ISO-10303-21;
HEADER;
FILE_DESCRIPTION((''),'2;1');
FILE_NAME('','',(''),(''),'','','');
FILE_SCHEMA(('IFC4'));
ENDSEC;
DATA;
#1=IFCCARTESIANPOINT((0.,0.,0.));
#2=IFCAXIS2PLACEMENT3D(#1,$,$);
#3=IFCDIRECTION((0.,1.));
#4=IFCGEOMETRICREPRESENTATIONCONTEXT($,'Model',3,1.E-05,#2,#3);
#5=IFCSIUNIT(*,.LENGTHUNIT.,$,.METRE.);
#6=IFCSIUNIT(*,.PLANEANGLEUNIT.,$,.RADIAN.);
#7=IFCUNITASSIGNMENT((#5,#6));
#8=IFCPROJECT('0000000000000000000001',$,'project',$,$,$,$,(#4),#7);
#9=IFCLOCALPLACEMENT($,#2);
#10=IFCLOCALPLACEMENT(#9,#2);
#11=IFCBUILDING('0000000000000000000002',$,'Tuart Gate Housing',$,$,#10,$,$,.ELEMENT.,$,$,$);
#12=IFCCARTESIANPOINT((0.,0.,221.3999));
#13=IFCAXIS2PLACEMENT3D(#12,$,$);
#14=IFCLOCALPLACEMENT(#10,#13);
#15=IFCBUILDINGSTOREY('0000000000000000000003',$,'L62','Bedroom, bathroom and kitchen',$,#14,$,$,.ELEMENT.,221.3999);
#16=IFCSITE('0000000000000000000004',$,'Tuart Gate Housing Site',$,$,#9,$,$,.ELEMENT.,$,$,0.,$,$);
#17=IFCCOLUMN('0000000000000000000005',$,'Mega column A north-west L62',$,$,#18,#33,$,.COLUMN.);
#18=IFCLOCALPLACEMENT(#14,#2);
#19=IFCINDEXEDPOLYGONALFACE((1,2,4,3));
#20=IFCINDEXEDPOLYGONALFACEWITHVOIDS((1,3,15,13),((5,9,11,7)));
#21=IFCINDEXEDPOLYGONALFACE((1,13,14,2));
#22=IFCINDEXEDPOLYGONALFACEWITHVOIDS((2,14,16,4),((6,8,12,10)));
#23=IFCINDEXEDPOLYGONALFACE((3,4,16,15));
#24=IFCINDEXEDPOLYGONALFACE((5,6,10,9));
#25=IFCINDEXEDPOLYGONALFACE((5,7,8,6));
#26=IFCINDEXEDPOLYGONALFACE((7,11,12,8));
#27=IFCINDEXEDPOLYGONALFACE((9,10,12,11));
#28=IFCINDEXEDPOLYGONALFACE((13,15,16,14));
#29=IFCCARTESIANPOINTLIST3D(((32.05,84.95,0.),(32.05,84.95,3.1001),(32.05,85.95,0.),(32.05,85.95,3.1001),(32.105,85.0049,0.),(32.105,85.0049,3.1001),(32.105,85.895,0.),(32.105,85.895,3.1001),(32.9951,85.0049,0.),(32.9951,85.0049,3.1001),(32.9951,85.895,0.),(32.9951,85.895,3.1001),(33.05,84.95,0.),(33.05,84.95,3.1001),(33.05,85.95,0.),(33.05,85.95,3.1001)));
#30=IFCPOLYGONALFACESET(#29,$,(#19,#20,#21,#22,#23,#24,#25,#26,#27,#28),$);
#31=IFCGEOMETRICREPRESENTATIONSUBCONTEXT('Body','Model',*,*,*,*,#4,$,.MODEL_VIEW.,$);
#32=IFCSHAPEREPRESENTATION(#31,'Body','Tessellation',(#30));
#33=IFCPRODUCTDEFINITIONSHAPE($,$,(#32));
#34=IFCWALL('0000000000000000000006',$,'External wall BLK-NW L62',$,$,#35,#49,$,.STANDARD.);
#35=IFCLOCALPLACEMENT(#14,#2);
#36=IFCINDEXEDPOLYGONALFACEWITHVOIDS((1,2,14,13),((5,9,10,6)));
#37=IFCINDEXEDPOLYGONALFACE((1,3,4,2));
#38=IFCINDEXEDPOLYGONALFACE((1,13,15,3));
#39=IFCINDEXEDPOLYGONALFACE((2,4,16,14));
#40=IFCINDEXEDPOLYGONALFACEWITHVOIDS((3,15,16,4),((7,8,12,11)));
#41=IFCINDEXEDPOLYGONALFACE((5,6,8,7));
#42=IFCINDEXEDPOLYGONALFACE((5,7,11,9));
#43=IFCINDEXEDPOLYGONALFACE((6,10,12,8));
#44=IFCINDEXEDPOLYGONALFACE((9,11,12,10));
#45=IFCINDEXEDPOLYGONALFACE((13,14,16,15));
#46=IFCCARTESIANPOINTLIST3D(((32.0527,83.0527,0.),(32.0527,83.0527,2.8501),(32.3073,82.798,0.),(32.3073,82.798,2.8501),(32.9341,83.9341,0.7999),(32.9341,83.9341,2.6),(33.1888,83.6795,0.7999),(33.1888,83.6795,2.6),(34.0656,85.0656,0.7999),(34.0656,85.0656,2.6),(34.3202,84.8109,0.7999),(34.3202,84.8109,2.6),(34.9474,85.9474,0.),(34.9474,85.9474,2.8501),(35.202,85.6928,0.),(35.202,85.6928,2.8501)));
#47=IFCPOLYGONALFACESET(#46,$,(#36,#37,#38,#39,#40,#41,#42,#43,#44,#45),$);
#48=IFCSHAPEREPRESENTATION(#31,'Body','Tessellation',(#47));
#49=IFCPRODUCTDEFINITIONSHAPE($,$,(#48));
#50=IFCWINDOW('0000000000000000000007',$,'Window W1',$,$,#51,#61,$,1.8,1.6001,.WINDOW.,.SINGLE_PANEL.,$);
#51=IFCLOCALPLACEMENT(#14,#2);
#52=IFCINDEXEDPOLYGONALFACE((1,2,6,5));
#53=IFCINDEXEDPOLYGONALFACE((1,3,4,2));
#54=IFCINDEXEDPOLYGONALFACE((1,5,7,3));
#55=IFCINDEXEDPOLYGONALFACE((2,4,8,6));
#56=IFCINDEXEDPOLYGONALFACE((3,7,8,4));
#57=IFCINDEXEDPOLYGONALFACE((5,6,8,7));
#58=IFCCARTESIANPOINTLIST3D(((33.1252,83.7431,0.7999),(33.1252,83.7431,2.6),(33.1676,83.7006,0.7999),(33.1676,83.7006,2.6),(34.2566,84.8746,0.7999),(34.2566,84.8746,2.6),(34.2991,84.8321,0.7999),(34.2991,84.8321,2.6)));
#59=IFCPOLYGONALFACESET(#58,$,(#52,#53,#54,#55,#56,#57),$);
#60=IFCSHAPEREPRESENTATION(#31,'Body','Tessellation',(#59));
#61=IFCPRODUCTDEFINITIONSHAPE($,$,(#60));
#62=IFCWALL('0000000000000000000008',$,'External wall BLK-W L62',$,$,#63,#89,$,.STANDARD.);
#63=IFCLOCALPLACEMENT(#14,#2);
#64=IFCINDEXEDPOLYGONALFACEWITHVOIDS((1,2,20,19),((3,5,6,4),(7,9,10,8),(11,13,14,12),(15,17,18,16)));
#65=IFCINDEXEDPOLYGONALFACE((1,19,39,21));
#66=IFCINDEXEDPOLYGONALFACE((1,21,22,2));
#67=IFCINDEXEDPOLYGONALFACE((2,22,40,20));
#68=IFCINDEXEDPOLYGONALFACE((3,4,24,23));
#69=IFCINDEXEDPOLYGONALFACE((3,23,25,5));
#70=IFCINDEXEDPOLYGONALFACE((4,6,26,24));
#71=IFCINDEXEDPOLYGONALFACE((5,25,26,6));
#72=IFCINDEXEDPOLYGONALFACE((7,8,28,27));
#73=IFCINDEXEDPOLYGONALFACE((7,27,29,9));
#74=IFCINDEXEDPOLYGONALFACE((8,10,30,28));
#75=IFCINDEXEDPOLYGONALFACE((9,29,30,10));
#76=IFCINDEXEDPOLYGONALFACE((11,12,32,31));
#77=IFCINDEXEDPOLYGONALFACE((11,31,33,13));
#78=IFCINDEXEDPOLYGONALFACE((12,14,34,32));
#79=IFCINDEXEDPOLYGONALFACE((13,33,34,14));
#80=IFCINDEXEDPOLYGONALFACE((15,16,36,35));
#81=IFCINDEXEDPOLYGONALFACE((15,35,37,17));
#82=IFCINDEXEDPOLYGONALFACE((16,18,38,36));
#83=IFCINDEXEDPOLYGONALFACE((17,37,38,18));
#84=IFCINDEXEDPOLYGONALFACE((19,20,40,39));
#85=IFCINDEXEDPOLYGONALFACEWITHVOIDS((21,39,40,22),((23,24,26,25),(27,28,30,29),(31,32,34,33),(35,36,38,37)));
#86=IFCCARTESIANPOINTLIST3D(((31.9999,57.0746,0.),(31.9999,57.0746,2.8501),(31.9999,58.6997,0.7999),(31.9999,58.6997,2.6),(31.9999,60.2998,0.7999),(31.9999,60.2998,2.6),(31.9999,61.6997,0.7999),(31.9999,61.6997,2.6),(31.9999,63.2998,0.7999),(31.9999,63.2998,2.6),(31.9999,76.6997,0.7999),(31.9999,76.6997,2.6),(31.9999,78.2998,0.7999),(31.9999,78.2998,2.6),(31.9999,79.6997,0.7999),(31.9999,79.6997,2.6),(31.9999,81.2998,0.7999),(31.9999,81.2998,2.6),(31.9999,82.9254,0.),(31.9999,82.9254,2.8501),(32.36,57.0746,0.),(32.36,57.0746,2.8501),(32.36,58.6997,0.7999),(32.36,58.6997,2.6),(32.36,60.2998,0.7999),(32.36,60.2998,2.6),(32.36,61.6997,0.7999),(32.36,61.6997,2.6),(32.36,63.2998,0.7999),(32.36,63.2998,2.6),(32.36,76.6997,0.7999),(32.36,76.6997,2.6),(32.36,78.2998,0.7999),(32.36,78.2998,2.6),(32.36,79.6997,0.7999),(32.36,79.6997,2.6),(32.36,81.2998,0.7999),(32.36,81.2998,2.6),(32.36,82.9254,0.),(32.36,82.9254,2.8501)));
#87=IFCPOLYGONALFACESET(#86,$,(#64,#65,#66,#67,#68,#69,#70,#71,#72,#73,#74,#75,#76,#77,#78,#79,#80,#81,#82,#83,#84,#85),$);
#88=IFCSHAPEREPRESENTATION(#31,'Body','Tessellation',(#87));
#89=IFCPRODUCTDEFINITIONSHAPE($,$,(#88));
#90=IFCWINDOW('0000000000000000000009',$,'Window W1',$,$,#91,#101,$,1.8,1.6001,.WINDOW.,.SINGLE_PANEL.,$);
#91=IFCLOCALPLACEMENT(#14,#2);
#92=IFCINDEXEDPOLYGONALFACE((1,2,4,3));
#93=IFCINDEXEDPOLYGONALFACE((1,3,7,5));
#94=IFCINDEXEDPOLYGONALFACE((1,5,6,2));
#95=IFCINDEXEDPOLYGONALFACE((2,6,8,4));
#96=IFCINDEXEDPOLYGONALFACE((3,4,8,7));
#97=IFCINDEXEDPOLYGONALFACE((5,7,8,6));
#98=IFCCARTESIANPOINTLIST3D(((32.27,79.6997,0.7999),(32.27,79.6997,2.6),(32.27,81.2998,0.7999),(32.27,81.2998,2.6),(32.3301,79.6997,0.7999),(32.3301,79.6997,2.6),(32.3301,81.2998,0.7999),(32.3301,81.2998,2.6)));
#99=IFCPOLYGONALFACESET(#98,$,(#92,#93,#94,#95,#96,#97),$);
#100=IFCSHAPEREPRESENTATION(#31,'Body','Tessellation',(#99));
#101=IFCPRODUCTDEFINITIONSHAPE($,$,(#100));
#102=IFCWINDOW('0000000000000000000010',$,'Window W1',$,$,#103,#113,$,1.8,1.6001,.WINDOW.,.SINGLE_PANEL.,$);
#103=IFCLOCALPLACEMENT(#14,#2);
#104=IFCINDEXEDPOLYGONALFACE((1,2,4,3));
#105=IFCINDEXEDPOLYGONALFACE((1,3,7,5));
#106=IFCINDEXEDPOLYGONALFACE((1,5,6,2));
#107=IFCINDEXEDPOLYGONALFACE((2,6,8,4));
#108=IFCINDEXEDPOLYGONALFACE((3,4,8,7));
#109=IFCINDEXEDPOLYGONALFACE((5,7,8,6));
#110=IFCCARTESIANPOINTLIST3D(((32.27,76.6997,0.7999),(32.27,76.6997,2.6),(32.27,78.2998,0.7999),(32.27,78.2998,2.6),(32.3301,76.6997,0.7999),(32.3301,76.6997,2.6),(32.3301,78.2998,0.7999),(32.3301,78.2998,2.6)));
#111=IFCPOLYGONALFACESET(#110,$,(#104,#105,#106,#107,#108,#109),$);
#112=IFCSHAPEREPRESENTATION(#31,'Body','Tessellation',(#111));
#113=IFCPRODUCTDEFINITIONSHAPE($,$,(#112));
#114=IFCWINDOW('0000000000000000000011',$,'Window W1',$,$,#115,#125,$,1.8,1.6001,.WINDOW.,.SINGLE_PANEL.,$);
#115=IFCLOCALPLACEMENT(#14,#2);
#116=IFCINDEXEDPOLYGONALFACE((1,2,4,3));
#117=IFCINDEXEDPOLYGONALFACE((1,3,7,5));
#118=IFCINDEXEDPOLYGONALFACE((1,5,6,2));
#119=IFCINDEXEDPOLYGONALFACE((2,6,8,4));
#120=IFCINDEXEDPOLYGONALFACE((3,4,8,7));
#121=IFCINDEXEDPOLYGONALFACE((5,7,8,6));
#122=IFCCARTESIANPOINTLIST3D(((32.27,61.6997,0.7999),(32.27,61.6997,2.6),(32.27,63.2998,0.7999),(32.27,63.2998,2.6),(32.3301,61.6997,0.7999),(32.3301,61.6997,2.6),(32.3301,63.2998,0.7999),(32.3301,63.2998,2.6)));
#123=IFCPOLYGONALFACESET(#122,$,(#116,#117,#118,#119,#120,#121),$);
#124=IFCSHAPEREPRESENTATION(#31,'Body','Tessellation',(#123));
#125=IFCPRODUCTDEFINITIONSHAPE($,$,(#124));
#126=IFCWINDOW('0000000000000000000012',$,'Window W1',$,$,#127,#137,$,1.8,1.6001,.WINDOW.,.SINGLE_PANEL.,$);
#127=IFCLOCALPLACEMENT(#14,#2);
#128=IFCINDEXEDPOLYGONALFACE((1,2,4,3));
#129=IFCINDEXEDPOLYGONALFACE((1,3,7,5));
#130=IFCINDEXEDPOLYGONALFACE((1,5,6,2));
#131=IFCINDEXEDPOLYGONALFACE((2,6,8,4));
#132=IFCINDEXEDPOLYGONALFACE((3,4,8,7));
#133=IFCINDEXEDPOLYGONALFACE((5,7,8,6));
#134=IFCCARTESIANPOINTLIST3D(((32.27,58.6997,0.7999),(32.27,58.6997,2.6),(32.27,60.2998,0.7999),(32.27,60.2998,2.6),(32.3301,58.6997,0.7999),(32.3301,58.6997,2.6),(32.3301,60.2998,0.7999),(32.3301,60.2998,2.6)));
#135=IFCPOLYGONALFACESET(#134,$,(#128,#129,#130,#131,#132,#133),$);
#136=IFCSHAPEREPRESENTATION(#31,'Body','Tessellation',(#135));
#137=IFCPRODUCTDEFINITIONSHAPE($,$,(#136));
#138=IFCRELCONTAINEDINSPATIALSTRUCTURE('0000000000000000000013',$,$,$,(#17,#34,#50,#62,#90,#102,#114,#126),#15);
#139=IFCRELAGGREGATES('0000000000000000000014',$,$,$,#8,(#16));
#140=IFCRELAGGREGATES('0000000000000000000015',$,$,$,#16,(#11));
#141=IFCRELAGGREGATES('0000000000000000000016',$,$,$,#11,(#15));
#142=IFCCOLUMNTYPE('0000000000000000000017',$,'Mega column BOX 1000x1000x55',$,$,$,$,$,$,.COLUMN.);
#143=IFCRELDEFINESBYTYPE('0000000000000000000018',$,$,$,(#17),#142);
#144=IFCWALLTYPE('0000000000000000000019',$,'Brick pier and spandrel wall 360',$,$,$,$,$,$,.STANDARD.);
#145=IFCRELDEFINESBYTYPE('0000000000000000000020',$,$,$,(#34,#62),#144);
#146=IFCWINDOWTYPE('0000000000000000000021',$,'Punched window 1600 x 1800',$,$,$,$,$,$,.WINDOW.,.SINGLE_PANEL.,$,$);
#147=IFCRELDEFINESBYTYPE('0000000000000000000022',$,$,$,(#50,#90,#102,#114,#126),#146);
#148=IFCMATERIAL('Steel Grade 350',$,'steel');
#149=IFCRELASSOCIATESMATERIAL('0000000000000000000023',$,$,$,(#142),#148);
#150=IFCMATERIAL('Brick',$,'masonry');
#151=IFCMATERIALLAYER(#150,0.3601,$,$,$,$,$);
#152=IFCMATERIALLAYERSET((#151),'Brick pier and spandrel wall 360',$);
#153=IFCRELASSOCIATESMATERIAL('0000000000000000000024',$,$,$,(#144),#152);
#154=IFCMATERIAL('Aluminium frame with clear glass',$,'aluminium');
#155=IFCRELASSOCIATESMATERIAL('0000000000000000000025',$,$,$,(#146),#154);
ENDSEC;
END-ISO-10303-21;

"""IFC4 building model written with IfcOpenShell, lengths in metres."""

from ifc_helpers import new_model, si_unit, direction, frame, frame_2d, origin, origin_2d, place, context, subcontext, project, spatial, rectangle, hollow_rectangle, extrude, material, layer, layer_set, material_profile, profile_set, type_object, element, fill, save


model = new_model("IFC4")

# Units and contexts
model_context = context("Model", 3, precision=1e-05, world=origin(), true_north=direction((0.0, 1.0)))
body_context = subcontext(model_context, "Body", "Model", "MODEL_VIEW")
ifc_project = project(units=[si_unit("LENGTHUNIT", "METRE"), si_unit("PLANEANGLEUNIT", "RADIAN")], contexts=[model_context])

# Site, building, storey
site_placement = place(None, origin())
site = spatial("IfcSite", under=ifc_project, at=site_placement, Name="Tuart Gate Housing Site", CompositionType="ELEMENT", RefElevation=0.0)
building_placement = place(site_placement, origin())
building = spatial("IfcBuilding", under=site, at=building_placement, Name="Tuart Gate Housing", CompositionType="ELEMENT")
storey_placement = place(building_placement, frame((0.0, 0.0, 221.3999)))
storey = spatial("IfcBuildingStorey", under=building, at=storey_placement, Name="L62", Description="Bedroom, bathroom and kitchen", CompositionType="ELEMENT", Elevation=221.3999)

# Column
ifc_material_1 = material(Name="Steel Grade 350", Category="steel")
ifc_material_profile = material_profile(ifc_material_1, hollow_rectangle(XDim=1.0, YDim=1.0, WallThickness=0.0549, at=origin_2d()), Name="BOX 1000x1000x55")
ifc_profile_set = profile_set([ifc_material_profile], Name="Steel Grade 350")
column_type = type_object("IfcColumnType", Name="Mega column BOX 1000x1000x55", PredefinedType="COLUMN", material=ifc_profile_set)
column_placement = place(storey_placement, frame((32.55, 85.45, 0.0), z_axis=(0.0, 0.0, 1.0), x_axis=(1.0, 0.0, 0.0)))
element("IfcColumn", 1, at=column_placement, inside=storey, type_object=column_type, Name="Mega column A north-west L62", PredefinedType="COLUMN", context=body_context, shape_type="SweptSolid", body=[
    extrude(hollow_rectangle(XDim=1.0, YDim=1.0, WallThickness=0.0549, at=origin_2d()), origin(), (0.0, 0.0, 1.0), 3.1001),
])

# Wall, opening, window
ifc_material_2 = material(Name="Brick", Category="masonry")
ifc_layer_1 = layer(ifc_material_2, 0.3601)
ifc_layer_set_1 = layer_set([ifc_layer_1], Name="Brick pier and spandrel wall 360")
wall_type_1 = type_object("IfcWallType", Name="Brick pier and spandrel wall 360", PredefinedType="STANDARD", material=ifc_layer_set_1)
wall_1_placement = place(storey_placement, frame((35.0747, 85.8201, 0.0), z_axis=(0.0, 0.0, 1.0), x_axis=(-0.707107, -0.707107, 0.0)))
wall_1 = element("IfcWall", 2, at=wall_1_placement, inside=storey, type_object=wall_type_1, Name="External wall BLK-NW L62", PredefinedType="STANDARD", context=body_context, shape_type="SweptSolid", body=[
    extrude(rectangle(XDim=4.0938, YDim=0.3601, at=frame_2d((2.0469, 0.0))), origin(), (0.0, 0.0, 1.0), 2.8501),
])
opening_1_placement = place(wall_1_placement, frame((1.2471, 0.0, 0.8)))
opening_1 = element("IfcOpeningElement", 3, at=opening_1_placement, cuts=wall_1, PredefinedType="OPENING", context=body_context, shape_type="SweptSolid", body=[
    extrude(rectangle(XDim=1.6001, YDim=1.8, at=frame_2d((0.8, 0.8999))), frame((0.0, 0.1899, 0.0), z_axis=(0.0, -1.0, 0.0), x_axis=(1.0, 0.0, 0.0)), (0.0, 0.0, 1.0), 0.3801),
])
ifc_material_3 = material(Name="Aluminium frame with clear glass", Category="aluminium")
window_type = type_object("IfcWindowType", Name="Punched window 1600 x 1800", PartitioningType="SINGLE_PANEL", PredefinedType="WINDOW", material=ifc_material_3)
window_1_placement = place(opening_1_placement, origin())
window_1 = element("IfcWindow", 4, at=window_1_placement, inside=storey, type_object=window_type, Name="Window W1", OverallHeight=1.8, OverallWidth=1.6001, PartitioningType="SINGLE_PANEL", PredefinedType="WINDOW", context=body_context, shape_type="SweptSolid", body=[
    extrude(rectangle(XDim=1.6001, YDim=1.8, at=frame_2d((0.8, 0.8999))), frame((0.0, 0.1501, 0.0), z_axis=(0.0, -1.0, 0.0), x_axis=(1.0, 0.0, 0.0)), (0.0, 0.0, 1.0), 0.0601),
])
fill(opening_1, window_1)

# Wall, openings, windows
wall_2_placement = place(storey_placement, frame((32.1799, 82.9253, 0.0), z_axis=(0.0, 0.0, 1.0), x_axis=(0.0, -1.0, 0.0)))
wall_2 = element("IfcWall", 5, at=wall_2_placement, inside=storey, type_object=wall_type_1, Name="External wall BLK-W L62", PredefinedType="STANDARD", context=body_context, shape_type="SweptSolid", body=[
    extrude(rectangle(XDim=25.8508, YDim=0.3601, at=frame_2d((12.9253, 0.0))), origin(), (0.0, 0.0, 1.0), 2.8501),
])
opening_2_placement = place(wall_2_placement, frame((1.6255, 0.0, 0.8)))
opening_2 = element("IfcOpeningElement", 6, at=opening_2_placement, cuts=wall_2, PredefinedType="OPENING", context=body_context, shape_type="SweptSolid", body=[
    extrude(rectangle(XDim=1.6001, YDim=1.8, at=frame_2d((0.8, 0.8999))), frame((0.0, 0.1899, 0.0), z_axis=(0.0, -1.0, 0.0), x_axis=(1.0, 0.0, 0.0)), (0.0, 0.0, 1.0), 0.3801),
])
opening_3_placement = place(wall_2_placement, frame((4.6255, 0.0, 0.8)))
opening_3 = element("IfcOpeningElement", 7, at=opening_3_placement, cuts=wall_2, PredefinedType="OPENING", context=body_context, shape_type="SweptSolid", body=[
    extrude(rectangle(XDim=1.6001, YDim=1.8, at=frame_2d((0.8, 0.8999))), frame((0.0, 0.1899, 0.0), z_axis=(0.0, -1.0, 0.0), x_axis=(1.0, 0.0, 0.0)), (0.0, 0.0, 1.0), 0.3801),
])
opening_4_placement = place(wall_2_placement, frame((19.6255, 0.0, 0.8)))
opening_4 = element("IfcOpeningElement", 8, at=opening_4_placement, cuts=wall_2, PredefinedType="OPENING", context=body_context, shape_type="SweptSolid", body=[
    extrude(rectangle(XDim=1.6001, YDim=1.8, at=frame_2d((0.8, 0.8999))), frame((0.0, 0.1899, 0.0), z_axis=(0.0, -1.0, 0.0), x_axis=(1.0, 0.0, 0.0)), (0.0, 0.0, 1.0), 0.3801),
])
opening_5_placement = place(wall_2_placement, frame((22.6255, 0.0, 0.8)))
opening_5 = element("IfcOpeningElement", 9, at=opening_5_placement, cuts=wall_2, PredefinedType="OPENING", context=body_context, shape_type="SweptSolid", body=[
    extrude(rectangle(XDim=1.6001, YDim=1.8, at=frame_2d((0.8, 0.8999))), frame((0.0, 0.1899, 0.0), z_axis=(0.0, -1.0, 0.0), x_axis=(1.0, 0.0, 0.0)), (0.0, 0.0, 1.0), 0.3801),
])
window_2_placement = place(opening_2_placement, origin())
window_2 = element("IfcWindow", 10, at=window_2_placement, inside=storey, type_object=window_type, Name="Window W1", OverallHeight=1.8, OverallWidth=1.6001, PartitioningType="SINGLE_PANEL", PredefinedType="WINDOW", context=body_context, shape_type="SweptSolid", body=[
    extrude(rectangle(XDim=1.6001, YDim=1.8, at=frame_2d((0.8, 0.8999))), frame((0.0, 0.1501, 0.0), z_axis=(0.0, -1.0, 0.0), x_axis=(1.0, 0.0, 0.0)), (0.0, 0.0, 1.0), 0.0601),
])
fill(opening_2, window_2)
window_3_placement = place(opening_3_placement, origin())
window_3 = element("IfcWindow", 11, at=window_3_placement, inside=storey, type_object=window_type, Name="Window W1", OverallHeight=1.8, OverallWidth=1.6001, PartitioningType="SINGLE_PANEL", PredefinedType="WINDOW", context=body_context, shape_type="SweptSolid", body=[
    extrude(rectangle(XDim=1.6001, YDim=1.8, at=frame_2d((0.8, 0.8999))), frame((0.0, 0.1501, 0.0), z_axis=(0.0, -1.0, 0.0), x_axis=(1.0, 0.0, 0.0)), (0.0, 0.0, 1.0), 0.0601),
])
fill(opening_3, window_3)
window_4_placement = place(opening_4_placement, origin())
window_4 = element("IfcWindow", 12, at=window_4_placement, inside=storey, type_object=window_type, Name="Window W1", OverallHeight=1.8, OverallWidth=1.6001, PartitioningType="SINGLE_PANEL", PredefinedType="WINDOW", context=body_context, shape_type="SweptSolid", body=[
    extrude(rectangle(XDim=1.6001, YDim=1.8, at=frame_2d((0.8, 0.8999))), frame((0.0, 0.1501, 0.0), z_axis=(0.0, -1.0, 0.0), x_axis=(1.0, 0.0, 0.0)), (0.0, 0.0, 1.0), 0.0601),
])
fill(opening_4, window_4)
window_5_placement = place(opening_5_placement, origin())
window_5 = element("IfcWindow", 13, at=window_5_placement, inside=storey, type_object=window_type, Name="Window W1", OverallHeight=1.8, OverallWidth=1.6001, PartitioningType="SINGLE_PANEL", PredefinedType="WINDOW", context=body_context, shape_type="SweptSolid", body=[
    extrude(rectangle(XDim=1.6001, YDim=1.8, at=frame_2d((0.8, 0.8999))), frame((0.0, 0.1501, 0.0), z_axis=(0.0, -1.0, 0.0), x_axis=(1.0, 0.0, 0.0)), (0.0, 0.0, 1.0), 0.0601),
])
fill(opening_5, window_5)

save(model, "model.ifc")
